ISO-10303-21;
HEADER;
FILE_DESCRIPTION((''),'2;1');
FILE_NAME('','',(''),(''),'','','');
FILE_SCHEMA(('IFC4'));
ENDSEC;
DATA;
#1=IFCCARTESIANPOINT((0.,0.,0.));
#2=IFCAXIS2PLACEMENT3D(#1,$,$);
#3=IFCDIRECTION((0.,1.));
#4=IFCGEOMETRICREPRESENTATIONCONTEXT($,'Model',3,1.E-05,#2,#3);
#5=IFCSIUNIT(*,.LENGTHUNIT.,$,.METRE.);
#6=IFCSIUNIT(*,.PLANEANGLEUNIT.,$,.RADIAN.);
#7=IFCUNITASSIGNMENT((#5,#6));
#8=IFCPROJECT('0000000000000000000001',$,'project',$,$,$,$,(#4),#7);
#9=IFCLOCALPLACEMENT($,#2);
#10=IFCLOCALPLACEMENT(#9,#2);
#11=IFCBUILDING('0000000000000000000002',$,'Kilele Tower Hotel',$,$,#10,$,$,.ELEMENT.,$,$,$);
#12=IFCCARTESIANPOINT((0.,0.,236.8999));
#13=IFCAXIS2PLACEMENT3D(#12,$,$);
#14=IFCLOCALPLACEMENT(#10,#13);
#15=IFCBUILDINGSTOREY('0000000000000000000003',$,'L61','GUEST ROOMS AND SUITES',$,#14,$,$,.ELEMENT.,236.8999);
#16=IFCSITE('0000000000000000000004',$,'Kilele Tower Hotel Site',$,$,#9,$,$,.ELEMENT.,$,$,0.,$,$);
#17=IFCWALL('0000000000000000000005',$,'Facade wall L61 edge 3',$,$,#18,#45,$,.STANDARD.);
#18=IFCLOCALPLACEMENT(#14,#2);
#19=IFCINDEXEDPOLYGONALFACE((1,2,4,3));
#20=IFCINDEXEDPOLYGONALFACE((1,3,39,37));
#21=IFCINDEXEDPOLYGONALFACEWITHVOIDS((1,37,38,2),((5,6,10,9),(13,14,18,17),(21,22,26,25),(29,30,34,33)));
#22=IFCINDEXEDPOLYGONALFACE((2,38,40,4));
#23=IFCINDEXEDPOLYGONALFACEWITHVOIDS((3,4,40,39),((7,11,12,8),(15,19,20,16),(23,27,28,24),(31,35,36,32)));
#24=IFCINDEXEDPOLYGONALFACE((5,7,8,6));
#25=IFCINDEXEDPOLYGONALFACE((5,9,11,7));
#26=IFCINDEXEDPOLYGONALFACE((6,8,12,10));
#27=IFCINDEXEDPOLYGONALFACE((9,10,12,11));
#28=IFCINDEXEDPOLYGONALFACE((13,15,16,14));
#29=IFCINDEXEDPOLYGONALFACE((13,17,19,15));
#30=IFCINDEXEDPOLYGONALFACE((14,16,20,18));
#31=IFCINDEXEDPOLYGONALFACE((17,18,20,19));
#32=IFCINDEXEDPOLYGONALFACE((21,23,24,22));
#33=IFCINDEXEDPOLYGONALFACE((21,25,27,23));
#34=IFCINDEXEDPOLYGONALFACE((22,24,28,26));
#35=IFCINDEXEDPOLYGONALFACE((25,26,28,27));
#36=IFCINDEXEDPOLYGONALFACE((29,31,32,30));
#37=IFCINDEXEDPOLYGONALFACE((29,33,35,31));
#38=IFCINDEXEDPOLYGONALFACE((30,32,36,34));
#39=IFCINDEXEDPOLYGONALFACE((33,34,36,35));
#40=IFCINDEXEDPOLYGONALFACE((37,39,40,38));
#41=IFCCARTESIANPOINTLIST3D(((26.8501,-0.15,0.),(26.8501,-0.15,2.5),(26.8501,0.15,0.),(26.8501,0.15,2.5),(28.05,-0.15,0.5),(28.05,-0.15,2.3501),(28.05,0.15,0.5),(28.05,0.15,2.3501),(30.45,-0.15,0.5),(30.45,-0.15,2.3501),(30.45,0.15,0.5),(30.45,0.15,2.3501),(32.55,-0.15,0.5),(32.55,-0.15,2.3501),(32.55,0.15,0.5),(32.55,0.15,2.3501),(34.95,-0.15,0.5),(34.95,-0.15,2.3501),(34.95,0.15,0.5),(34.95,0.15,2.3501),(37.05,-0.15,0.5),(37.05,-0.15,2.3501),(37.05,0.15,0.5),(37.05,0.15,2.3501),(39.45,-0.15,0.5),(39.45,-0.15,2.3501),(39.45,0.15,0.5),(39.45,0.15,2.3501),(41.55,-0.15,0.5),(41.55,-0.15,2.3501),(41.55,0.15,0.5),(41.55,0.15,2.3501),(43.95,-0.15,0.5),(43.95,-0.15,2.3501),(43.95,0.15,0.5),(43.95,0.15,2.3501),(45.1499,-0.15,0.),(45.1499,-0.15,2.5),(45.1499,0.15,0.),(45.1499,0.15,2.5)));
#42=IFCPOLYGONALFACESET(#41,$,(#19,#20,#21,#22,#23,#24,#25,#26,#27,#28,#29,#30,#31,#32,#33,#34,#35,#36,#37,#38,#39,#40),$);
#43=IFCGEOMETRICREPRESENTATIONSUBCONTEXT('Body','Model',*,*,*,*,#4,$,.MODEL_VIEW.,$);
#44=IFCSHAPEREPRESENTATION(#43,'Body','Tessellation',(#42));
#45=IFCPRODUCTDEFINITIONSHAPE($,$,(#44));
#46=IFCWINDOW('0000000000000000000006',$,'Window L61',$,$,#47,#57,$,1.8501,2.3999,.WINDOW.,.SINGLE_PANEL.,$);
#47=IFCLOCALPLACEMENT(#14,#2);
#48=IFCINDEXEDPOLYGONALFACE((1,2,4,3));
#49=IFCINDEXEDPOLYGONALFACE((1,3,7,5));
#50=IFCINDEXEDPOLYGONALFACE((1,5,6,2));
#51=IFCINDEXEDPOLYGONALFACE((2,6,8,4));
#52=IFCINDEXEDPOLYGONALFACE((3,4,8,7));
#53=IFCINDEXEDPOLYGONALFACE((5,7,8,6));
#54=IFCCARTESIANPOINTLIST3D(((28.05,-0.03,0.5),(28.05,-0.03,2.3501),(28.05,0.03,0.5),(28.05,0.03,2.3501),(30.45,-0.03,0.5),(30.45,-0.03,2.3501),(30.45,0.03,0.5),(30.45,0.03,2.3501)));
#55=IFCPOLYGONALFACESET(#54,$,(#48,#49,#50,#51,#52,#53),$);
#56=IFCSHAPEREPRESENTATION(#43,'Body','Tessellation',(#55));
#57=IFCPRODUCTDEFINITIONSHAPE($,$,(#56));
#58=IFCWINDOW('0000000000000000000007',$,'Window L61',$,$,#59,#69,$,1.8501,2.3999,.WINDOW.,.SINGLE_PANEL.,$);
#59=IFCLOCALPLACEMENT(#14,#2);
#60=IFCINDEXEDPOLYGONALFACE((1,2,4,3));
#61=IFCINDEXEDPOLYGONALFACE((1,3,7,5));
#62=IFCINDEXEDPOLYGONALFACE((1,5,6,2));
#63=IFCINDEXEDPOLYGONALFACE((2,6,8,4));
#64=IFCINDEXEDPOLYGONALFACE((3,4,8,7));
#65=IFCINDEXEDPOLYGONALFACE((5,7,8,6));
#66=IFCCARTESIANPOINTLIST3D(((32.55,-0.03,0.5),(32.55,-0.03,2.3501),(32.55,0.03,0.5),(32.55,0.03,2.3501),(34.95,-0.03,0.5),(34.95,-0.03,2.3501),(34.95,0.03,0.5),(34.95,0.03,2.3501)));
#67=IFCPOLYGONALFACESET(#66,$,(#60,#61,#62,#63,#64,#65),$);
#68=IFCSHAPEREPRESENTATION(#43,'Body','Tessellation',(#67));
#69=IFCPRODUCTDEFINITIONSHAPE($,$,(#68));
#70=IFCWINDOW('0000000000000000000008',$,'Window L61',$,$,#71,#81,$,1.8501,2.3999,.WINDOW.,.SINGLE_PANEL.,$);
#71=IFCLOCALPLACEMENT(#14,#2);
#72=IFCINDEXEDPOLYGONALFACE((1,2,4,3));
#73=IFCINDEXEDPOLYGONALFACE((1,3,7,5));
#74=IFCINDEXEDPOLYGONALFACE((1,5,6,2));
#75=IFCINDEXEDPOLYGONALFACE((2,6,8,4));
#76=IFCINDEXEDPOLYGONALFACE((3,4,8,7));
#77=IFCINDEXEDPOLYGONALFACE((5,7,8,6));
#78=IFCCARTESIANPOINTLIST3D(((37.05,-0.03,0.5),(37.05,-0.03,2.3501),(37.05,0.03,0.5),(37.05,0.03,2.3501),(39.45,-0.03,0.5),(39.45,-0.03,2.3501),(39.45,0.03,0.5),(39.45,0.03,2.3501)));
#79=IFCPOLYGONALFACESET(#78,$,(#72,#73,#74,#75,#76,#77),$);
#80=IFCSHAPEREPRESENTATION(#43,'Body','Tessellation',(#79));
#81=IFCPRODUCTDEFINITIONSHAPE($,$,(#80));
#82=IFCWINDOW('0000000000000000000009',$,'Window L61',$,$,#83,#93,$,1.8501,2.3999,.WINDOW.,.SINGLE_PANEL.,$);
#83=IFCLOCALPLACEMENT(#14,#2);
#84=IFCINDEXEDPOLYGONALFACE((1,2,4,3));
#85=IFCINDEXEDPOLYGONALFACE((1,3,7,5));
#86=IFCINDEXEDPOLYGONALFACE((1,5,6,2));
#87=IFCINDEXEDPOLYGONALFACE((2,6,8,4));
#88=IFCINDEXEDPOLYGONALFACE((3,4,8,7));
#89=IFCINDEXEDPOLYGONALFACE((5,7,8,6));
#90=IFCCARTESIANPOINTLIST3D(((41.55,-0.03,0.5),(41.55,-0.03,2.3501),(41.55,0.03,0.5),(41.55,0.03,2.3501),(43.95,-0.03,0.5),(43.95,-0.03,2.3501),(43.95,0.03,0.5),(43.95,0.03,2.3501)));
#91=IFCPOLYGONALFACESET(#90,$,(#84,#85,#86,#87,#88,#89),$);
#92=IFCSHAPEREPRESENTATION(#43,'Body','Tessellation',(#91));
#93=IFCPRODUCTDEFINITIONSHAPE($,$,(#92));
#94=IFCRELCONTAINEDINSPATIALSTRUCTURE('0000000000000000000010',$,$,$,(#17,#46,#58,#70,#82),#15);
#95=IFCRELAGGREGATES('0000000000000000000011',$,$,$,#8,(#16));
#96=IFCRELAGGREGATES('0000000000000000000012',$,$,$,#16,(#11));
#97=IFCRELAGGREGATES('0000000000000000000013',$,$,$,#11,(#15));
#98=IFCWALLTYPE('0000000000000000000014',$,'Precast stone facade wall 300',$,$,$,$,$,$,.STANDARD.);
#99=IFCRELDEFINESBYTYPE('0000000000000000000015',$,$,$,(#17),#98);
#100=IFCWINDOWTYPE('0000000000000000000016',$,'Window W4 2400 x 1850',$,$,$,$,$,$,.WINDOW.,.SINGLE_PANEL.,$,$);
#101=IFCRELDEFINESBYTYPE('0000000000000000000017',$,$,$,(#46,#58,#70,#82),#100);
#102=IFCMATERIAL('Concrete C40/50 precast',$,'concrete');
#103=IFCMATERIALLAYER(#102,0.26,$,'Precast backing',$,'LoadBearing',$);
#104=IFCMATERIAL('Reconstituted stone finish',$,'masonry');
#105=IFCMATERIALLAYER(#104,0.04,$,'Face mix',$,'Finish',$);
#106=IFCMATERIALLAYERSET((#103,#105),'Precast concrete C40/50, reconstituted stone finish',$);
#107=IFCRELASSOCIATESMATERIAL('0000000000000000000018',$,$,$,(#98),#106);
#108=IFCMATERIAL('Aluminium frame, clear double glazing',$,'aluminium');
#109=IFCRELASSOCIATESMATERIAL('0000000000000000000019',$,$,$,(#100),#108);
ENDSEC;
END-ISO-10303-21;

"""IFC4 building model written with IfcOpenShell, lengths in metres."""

from ifc_helpers import new_model, si_unit, direction, frame, frame_2d, origin, place, context, subcontext, project, spatial, rectangle, extrude, material, layer, layer_set, type_object, element, fill, save


model = new_model("IFC4")

# Units and contexts
model_context = context("Model", 3, precision=1e-05, world=origin(), true_north=direction((0.0, 1.0)))
body_context = subcontext(model_context, "Body", "Model", "MODEL_VIEW")
ifc_project = project(units=[si_unit("LENGTHUNIT", "METRE"), si_unit("PLANEANGLEUNIT", "RADIAN")], contexts=[model_context])

# Site, building, storey
site_placement = place(None, origin())
site = spatial("IfcSite", under=ifc_project, at=site_placement, Name="Kilele Tower Hotel Site", CompositionType="ELEMENT", RefElevation=0.0)
building_placement = place(site_placement, origin())
building = spatial("IfcBuilding", under=site, at=building_placement, Name="Kilele Tower Hotel", CompositionType="ELEMENT")
storey_placement = place(building_placement, frame((0.0, 0.0, 236.8999)))
storey = spatial("IfcBuildingStorey", under=building, at=storey_placement, Name="L61", Description="GUEST ROOMS AND SUITES", CompositionType="ELEMENT", Elevation=236.8999)

# Wall, openings, windows
ifc_material_1 = material(Name="Concrete C40/50 precast", Category="concrete")
ifc_layer_1 = layer(ifc_material_1, 0.26, Name="Precast backing", Category="LoadBearing")
ifc_material_2 = material(Name="Reconstituted stone finish", Category="masonry")
ifc_layer_2 = layer(ifc_material_2, 0.04, Name="Face mix", Category="Finish")
ifc_layer_set_1 = layer_set([ifc_layer_1, ifc_layer_2], Name="Precast concrete C40/50, reconstituted stone finish")
wall_type_1 = type_object("IfcWallType", Name="Precast stone facade wall 300", PredefinedType="STANDARD", material=ifc_layer_set_1)
wall_1_placement = place(storey_placement, frame((26.8501, 0.0, 0.0), z_axis=(0.0, 0.0, 1.0), x_axis=(1.0, 0.0, 0.0)))
wall_1 = element("IfcWall", 1, at=wall_1_placement, inside=storey, type_object=wall_type_1, Name="Facade wall L61 edge 3", PredefinedType="STANDARD", context=body_context, shape_type="SweptSolid", body=[
    extrude(rectangle(XDim=18.2998, YDim=0.3, at=frame_2d((9.1499, 0.0))), origin(), (0.0, 0.0, 1.0), 2.5),
])
opening_1_placement = place(wall_1_placement, frame((1.2, 0.0, 0.5)))
opening_1 = element("IfcOpeningElement", 2, at=opening_1_placement, cuts=wall_1, PredefinedType="OPENING", context=body_context, shape_type="SweptSolid", body=[
    extrude(rectangle(XDim=2.3999, YDim=1.8501, at=frame_2d((1.2, 0.925))), frame((0.0, 0.1599, 0.0), z_axis=(0.0, -1.0, 0.0), x_axis=(1.0, 0.0, 0.0)), (0.0, 0.0, 1.0), 0.3201),
])
opening_2_placement = place(wall_1_placement, frame((5.7, 0.0, 0.5)))
opening_2 = element("IfcOpeningElement", 3, at=opening_2_placement, cuts=wall_1, PredefinedType="OPENING", context=body_context, shape_type="SweptSolid", body=[
    extrude(rectangle(XDim=2.3999, YDim=1.8501, at=frame_2d((1.2, 0.925))), frame((0.0, 0.1599, 0.0), z_axis=(0.0, -1.0, 0.0), x_axis=(1.0, 0.0, 0.0)), (0.0, 0.0, 1.0), 0.3201),
])
opening_3_placement = place(wall_1_placement, frame((10.2, 0.0, 0.5)))
opening_3 = element("IfcOpeningElement", 4, at=opening_3_placement, cuts=wall_1, PredefinedType="OPENING", context=body_context, shape_type="SweptSolid", body=[
    extrude(rectangle(XDim=2.3999, YDim=1.8501, at=frame_2d((1.2, 0.925))), frame((0.0, 0.1599, 0.0), z_axis=(0.0, -1.0, 0.0), x_axis=(1.0, 0.0, 0.0)), (0.0, 0.0, 1.0), 0.3201),
])
opening_4_placement = place(wall_1_placement, frame((14.7, 0.0, 0.5)))
opening_4 = element("IfcOpeningElement", 5, at=opening_4_placement, cuts=wall_1, PredefinedType="OPENING", context=body_context, shape_type="SweptSolid", body=[
    extrude(rectangle(XDim=2.3999, YDim=1.8501, at=frame_2d((1.2, 0.925))), frame((0.0, 0.1599, 0.0), z_axis=(0.0, -1.0, 0.0), x_axis=(1.0, 0.0, 0.0)), (0.0, 0.0, 1.0), 0.3201),
])
ifc_material_3 = material(Name="Aluminium frame, clear double glazing", Category="aluminium")
window_type = type_object("IfcWindowType", Name="Window W4 2400 x 1850", PartitioningType="SINGLE_PANEL", PredefinedType="WINDOW", material=ifc_material_3)
window_1_placement = place(opening_1_placement, origin())
window_1 = element("IfcWindow", 6, at=window_1_placement, inside=storey, type_object=window_type, Name="Window L61", OverallHeight=1.8501, OverallWidth=2.3999, PartitioningType="SINGLE_PANEL", PredefinedType="WINDOW", context=body_context, shape_type="SweptSolid", body=[
    extrude(rectangle(XDim=2.3999, YDim=1.8501, at=frame_2d((1.2, 0.925))), frame((0.0, 0.03, 0.0), z_axis=(0.0, -1.0, 0.0), x_axis=(1.0, 0.0, 0.0)), (0.0, 0.0, 1.0), 0.0601),
])
fill(opening_1, window_1)
window_2_placement = place(opening_2_placement, origin())
window_2 = element("IfcWindow", 7, at=window_2_placement, inside=storey, type_object=window_type, Name="Window L61", OverallHeight=1.8501, OverallWidth=2.3999, PartitioningType="SINGLE_PANEL", PredefinedType="WINDOW", context=body_context, shape_type="SweptSolid", body=[
    extrude(rectangle(XDim=2.3999, YDim=1.8501, at=frame_2d((1.2, 0.925))), frame((0.0, 0.03, 0.0), z_axis=(0.0, -1.0, 0.0), x_axis=(1.0, 0.0, 0.0)), (0.0, 0.0, 1.0), 0.0601),
])
fill(opening_2, window_2)
window_3_placement = place(opening_3_placement, origin())
window_3 = element("IfcWindow", 8, at=window_3_placement, inside=storey, type_object=window_type, Name="Window L61", OverallHeight=1.8501, OverallWidth=2.3999, PartitioningType="SINGLE_PANEL", PredefinedType="WINDOW", context=body_context, shape_type="SweptSolid", body=[
    extrude(rectangle(XDim=2.3999, YDim=1.8501, at=frame_2d((1.2, 0.925))), frame((0.0, 0.03, 0.0), z_axis=(0.0, -1.0, 0.0), x_axis=(1.0, 0.0, 0.0)), (0.0, 0.0, 1.0), 0.0601),
])
fill(opening_3, window_3)
window_4_placement = place(opening_4_placement, origin())
window_4 = element("IfcWindow", 9, at=window_4_placement, inside=storey, type_object=window_type, Name="Window L61", OverallHeight=1.8501, OverallWidth=2.3999, PartitioningType="SINGLE_PANEL", PredefinedType="WINDOW", context=body_context, shape_type="SweptSolid", body=[
    extrude(rectangle(XDim=2.3999, YDim=1.8501, at=frame_2d((1.2, 0.925))), frame((0.0, 0.03, 0.0), z_axis=(0.0, -1.0, 0.0), x_axis=(1.0, 0.0, 0.0)), (0.0, 0.0, 1.0), 0.0601),
])
fill(opening_4, window_4)

save(model, "model.ifc")
